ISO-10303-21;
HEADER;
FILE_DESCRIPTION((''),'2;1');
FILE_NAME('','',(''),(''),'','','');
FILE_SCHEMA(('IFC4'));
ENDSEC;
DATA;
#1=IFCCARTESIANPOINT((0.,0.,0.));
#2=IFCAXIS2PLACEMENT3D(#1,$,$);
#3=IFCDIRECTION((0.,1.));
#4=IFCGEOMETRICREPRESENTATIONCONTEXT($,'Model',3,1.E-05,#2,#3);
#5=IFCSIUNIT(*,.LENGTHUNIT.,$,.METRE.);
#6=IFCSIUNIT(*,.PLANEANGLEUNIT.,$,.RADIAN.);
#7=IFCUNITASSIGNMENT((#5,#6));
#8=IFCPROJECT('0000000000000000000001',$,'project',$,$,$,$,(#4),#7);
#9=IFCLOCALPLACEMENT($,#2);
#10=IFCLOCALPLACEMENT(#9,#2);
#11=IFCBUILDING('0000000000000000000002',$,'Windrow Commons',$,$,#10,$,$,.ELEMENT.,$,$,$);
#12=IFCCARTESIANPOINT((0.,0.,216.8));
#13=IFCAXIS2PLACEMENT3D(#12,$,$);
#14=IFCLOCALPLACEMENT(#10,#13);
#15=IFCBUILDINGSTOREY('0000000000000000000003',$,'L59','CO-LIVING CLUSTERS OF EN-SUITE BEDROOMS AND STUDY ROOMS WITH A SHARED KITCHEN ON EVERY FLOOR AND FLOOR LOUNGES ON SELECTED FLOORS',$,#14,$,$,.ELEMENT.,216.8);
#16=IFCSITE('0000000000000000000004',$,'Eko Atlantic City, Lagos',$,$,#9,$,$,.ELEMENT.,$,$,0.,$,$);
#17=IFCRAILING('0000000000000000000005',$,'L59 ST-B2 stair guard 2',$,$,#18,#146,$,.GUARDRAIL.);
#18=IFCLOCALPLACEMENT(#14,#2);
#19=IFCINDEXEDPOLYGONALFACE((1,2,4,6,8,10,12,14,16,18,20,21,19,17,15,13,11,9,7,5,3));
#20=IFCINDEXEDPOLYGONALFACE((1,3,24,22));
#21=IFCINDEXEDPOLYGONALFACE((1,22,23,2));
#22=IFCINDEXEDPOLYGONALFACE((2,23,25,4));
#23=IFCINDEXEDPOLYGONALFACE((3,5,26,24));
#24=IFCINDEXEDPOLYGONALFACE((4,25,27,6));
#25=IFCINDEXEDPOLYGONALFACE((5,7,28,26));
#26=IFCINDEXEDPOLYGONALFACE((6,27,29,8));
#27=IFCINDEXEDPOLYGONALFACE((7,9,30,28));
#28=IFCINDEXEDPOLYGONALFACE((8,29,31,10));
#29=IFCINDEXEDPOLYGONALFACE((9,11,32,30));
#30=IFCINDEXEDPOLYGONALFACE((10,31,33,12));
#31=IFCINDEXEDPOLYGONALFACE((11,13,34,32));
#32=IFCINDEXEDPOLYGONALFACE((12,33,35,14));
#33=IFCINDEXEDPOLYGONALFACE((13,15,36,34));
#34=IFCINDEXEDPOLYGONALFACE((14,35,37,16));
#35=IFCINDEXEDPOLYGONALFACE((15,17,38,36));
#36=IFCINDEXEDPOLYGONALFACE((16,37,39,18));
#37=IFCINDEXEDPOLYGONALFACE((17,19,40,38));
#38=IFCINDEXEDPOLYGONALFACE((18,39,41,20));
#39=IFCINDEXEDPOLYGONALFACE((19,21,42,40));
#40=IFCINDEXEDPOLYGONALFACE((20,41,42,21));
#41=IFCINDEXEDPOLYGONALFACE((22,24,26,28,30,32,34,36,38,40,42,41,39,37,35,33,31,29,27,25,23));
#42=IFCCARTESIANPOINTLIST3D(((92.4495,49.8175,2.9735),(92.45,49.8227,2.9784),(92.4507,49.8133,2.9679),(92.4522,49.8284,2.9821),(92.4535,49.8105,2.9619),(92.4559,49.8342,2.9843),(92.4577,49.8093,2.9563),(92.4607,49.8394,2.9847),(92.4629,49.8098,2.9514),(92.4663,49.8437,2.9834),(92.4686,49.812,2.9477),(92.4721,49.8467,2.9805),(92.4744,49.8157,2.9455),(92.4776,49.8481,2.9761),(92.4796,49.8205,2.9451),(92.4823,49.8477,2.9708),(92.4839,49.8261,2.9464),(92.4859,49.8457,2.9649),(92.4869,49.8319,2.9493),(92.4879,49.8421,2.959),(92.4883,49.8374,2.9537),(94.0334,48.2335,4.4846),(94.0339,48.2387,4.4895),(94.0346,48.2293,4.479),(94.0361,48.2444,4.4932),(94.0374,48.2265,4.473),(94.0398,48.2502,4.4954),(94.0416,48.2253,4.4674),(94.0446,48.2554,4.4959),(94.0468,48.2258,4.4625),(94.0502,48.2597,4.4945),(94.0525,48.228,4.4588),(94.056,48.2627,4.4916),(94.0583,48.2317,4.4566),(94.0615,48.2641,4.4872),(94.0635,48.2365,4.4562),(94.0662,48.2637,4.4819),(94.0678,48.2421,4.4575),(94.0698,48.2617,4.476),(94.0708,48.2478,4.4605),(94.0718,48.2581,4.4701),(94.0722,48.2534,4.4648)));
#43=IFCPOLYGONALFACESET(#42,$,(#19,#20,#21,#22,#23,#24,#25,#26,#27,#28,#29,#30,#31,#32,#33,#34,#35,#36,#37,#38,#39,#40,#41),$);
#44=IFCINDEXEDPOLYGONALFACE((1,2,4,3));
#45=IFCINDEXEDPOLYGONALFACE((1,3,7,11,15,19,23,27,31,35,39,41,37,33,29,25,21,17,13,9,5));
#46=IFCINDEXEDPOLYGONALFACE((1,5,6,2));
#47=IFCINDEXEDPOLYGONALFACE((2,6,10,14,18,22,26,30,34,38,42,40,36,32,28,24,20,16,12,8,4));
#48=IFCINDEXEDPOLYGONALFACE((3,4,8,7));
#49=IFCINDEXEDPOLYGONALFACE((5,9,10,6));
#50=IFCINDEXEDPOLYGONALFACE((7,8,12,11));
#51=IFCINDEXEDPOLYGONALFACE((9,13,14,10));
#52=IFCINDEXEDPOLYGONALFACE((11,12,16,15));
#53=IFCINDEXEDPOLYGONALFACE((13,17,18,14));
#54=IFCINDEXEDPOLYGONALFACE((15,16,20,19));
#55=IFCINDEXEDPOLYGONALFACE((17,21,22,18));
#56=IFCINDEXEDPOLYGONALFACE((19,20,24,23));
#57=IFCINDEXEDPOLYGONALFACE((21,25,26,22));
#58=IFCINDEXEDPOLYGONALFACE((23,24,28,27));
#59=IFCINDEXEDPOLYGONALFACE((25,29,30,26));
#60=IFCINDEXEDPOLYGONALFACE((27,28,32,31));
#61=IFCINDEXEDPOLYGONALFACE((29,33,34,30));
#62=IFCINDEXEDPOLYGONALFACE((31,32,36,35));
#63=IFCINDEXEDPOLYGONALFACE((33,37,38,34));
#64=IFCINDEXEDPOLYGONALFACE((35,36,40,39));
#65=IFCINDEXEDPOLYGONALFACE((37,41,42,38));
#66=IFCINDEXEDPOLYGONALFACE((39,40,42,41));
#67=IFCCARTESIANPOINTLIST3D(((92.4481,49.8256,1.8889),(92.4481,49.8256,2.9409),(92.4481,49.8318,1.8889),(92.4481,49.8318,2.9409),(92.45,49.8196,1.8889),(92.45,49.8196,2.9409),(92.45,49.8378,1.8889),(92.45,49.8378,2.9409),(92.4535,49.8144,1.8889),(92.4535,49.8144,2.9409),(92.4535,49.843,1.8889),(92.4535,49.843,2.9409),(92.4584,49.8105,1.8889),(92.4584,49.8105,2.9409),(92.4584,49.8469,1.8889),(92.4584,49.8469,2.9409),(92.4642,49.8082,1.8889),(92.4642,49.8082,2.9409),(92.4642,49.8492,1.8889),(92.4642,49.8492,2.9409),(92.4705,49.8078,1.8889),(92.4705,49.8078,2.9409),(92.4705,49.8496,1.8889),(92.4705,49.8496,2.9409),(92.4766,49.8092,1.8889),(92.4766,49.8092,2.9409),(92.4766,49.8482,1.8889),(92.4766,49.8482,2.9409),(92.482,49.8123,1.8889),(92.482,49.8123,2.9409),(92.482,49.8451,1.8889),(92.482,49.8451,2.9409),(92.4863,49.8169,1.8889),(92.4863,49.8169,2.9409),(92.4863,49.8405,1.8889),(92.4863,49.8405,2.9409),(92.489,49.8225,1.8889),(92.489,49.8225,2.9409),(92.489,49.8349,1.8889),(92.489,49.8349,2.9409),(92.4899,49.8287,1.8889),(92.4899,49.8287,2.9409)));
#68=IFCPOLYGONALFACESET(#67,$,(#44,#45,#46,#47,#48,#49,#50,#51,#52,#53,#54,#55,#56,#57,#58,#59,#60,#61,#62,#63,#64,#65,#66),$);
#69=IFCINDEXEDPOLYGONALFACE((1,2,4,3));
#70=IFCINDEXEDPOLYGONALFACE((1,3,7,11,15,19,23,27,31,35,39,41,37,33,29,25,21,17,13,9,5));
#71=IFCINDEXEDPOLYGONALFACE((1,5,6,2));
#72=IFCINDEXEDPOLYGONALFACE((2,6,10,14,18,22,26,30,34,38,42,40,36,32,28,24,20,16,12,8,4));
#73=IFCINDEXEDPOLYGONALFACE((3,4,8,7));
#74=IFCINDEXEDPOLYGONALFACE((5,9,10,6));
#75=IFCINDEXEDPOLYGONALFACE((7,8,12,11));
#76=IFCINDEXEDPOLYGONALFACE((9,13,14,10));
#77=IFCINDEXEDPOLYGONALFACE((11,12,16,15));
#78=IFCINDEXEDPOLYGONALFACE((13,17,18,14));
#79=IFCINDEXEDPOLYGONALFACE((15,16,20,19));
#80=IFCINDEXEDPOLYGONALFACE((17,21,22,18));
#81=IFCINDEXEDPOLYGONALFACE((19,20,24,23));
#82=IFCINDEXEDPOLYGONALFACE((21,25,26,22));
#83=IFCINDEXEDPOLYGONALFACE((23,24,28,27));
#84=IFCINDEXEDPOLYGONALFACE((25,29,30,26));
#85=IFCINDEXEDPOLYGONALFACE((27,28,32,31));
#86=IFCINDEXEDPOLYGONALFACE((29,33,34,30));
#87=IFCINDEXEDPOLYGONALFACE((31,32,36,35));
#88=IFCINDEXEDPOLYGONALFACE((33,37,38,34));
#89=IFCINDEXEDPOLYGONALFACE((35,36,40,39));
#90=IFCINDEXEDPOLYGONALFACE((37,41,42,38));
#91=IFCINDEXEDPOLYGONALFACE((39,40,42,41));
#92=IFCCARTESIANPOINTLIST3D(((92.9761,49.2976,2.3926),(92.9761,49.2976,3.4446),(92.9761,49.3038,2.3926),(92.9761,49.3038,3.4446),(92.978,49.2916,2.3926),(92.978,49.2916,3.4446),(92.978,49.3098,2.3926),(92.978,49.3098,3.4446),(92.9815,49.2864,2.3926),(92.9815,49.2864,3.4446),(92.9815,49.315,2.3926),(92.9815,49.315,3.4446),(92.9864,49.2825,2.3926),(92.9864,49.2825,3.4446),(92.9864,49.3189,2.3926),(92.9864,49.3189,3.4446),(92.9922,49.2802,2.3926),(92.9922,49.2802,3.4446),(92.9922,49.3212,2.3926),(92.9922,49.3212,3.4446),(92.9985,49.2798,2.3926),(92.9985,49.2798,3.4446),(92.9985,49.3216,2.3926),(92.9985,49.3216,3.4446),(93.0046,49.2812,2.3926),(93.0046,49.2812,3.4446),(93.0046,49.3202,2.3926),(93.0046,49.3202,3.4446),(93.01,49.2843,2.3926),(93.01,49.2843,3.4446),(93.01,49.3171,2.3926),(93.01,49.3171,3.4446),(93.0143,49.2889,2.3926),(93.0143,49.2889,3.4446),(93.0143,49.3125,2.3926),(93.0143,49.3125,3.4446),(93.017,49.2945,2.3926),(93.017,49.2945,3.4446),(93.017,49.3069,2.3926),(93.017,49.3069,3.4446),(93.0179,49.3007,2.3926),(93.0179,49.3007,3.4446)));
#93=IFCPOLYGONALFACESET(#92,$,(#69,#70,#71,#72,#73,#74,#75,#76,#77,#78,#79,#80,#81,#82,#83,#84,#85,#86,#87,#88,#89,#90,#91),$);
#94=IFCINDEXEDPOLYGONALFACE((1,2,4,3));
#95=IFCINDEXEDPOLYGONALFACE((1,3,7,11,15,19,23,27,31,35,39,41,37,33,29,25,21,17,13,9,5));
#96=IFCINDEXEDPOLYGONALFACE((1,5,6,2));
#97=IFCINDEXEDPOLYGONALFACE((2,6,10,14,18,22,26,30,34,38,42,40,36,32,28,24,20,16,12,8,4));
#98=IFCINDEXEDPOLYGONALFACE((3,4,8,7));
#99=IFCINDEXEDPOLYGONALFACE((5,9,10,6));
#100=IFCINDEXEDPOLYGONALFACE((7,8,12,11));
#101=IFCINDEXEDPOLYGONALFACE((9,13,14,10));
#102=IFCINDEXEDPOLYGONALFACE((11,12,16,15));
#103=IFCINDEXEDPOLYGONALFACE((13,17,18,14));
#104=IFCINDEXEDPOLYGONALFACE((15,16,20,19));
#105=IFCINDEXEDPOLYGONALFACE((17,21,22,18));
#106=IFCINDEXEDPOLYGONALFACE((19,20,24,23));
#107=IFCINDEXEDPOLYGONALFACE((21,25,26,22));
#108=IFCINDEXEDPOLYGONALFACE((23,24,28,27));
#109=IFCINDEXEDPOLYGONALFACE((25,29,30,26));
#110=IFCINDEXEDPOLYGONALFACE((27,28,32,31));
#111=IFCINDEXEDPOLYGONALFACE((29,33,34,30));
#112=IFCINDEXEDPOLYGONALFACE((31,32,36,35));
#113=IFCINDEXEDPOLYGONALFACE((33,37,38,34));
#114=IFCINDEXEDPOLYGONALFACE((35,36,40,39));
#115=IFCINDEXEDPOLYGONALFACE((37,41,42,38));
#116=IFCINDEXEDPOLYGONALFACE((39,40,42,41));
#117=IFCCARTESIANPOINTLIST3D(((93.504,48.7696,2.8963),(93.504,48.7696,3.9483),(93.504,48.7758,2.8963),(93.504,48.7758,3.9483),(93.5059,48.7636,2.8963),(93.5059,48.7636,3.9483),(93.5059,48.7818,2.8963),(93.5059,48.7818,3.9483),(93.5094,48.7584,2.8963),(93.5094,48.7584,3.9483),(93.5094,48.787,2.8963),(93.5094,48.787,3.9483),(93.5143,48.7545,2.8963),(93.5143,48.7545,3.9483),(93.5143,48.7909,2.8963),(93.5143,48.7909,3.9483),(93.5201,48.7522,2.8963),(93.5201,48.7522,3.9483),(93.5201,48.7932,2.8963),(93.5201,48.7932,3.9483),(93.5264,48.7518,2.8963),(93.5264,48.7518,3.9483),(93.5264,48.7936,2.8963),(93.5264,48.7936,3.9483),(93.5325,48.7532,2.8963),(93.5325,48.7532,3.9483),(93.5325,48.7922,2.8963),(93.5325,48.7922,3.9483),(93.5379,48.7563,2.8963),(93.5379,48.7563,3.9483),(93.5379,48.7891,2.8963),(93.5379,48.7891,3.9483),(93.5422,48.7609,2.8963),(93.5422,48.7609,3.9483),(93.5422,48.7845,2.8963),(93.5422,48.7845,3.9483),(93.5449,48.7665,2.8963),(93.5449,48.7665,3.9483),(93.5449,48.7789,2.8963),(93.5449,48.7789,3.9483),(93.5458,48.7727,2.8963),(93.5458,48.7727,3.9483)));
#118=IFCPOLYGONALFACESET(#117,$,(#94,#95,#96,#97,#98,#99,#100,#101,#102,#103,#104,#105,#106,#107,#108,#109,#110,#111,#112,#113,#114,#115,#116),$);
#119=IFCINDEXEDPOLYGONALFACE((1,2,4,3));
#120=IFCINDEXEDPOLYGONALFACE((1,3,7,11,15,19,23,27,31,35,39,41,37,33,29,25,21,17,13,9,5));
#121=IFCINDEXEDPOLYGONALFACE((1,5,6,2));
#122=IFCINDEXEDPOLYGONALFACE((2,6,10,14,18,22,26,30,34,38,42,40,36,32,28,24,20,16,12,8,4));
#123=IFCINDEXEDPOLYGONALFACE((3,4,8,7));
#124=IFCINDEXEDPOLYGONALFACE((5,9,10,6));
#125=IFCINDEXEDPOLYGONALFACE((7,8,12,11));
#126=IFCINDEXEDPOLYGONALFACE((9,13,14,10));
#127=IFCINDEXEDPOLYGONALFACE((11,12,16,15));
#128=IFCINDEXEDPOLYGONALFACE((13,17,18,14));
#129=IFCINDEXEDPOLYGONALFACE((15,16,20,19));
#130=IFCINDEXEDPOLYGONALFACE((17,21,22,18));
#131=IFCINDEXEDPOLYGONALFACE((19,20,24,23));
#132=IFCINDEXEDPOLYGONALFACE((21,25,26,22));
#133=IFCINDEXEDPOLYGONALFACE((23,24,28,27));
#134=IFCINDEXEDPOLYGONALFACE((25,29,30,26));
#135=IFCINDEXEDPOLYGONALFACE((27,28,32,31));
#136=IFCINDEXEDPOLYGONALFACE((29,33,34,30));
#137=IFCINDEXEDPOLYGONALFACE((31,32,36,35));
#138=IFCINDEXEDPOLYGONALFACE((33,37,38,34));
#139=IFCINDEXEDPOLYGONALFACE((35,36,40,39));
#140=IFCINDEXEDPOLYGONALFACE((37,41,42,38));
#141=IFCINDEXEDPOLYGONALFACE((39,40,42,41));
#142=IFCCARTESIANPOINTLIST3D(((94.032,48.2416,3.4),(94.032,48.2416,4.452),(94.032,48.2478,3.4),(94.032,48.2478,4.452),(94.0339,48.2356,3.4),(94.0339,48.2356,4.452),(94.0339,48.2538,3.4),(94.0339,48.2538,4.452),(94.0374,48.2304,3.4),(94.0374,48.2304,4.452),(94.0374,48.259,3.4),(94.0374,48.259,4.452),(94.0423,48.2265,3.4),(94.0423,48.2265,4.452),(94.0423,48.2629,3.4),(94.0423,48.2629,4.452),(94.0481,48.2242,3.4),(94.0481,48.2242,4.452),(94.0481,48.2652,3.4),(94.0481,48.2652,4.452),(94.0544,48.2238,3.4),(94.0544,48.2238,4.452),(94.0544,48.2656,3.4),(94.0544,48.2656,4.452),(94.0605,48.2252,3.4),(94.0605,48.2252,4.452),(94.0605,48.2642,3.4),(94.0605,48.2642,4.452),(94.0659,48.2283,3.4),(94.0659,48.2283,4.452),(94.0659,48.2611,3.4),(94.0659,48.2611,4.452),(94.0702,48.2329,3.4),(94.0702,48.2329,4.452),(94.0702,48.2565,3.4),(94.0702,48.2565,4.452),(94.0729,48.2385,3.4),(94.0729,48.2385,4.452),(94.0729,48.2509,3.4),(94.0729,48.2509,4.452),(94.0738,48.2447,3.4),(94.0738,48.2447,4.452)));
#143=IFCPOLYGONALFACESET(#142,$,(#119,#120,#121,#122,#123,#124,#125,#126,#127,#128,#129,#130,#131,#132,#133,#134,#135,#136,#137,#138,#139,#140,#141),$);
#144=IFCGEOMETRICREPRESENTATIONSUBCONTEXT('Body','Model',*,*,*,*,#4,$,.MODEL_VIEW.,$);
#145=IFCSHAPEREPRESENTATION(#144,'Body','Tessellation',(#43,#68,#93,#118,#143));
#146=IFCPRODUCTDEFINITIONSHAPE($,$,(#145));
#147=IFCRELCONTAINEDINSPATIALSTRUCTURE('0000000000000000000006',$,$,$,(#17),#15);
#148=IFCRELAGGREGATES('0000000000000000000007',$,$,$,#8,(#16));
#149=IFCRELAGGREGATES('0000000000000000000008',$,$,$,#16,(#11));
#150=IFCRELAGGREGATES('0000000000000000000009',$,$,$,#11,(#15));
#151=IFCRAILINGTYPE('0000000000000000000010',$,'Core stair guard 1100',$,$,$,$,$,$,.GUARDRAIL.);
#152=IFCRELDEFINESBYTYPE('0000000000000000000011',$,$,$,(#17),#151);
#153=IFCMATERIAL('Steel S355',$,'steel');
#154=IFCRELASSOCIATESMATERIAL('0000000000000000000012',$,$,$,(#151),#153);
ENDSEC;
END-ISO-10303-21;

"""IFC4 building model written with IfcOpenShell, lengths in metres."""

from ifc_helpers import new_model, si_unit, direction, frame, origin, origin_2d, place, context, subcontext, project, spatial, circle, extrude, material, type_object, element, save


model = new_model("IFC4")

# Units and contexts
model_context = context("Model", 3, precision=1e-05, world=origin(), true_north=direction((0.0, 1.0)))
body_context = subcontext(model_context, "Body", "Model", "MODEL_VIEW")
ifc_project = project(units=[si_unit("LENGTHUNIT", "METRE"), si_unit("PLANEANGLEUNIT", "RADIAN")], contexts=[model_context])

# Site, building, storey
site_placement = place(None, origin())
site = spatial("IfcSite", under=ifc_project, at=site_placement, Name="Eko Atlantic City, Lagos", CompositionType="ELEMENT", RefElevation=0.0)
building_placement = place(site_placement, origin())
building = spatial("IfcBuilding", under=site, at=building_placement, Name="Windrow Commons", CompositionType="ELEMENT")
storey_placement = place(building_placement, frame((0.0, 0.0, 216.8)))
storey = spatial("IfcBuildingStorey", under=building, at=storey_placement, Name="L59", Description="CO-LIVING CLUSTERS OF EN-SUITE BEDROOMS AND STUDY ROOMS WITH A SHARED KITCHEN ON EVERY FLOOR AND FLOOR LOUNGES ON SELECTED FLOORS", CompositionType="ELEMENT", Elevation=216.8)

# Railing
ifc_material_1 = material(Name="Steel S355", Category="steel")
railing_type_1 = type_object("IfcRailingType", Name="Core stair guard 1100", PredefinedType="GUARDRAIL", material=ifc_material_1)
railing_1_placement = place(storey_placement, frame((92.4689, 49.8287, 1.8889)))
element("IfcRailing", 1, at=railing_1_placement, inside=storey, type_object=railing_type_1, Name="L59 ST-B2 stair guard 2", PredefinedType="GUARDRAIL", context=body_context, shape_type="SweptSolid", body=[
    extrude(circle(Radius=0.024, at=origin_2d()), frame((0.0, 0.0, 1.076), z_axis=(0.586179, -0.586216, 0.559237), x_axis=(0.707129, 0.707084, 0.0)), (0.0, 0.0, 1.0), 2.7021),
    extrude(circle(Radius=0.021, at=origin_2d()), origin(), (0.0, 0.0, 1.0), 1.052),
    extrude(circle(Radius=0.021, at=origin_2d()), frame((0.528, -0.528, 0.5037)), (0.0, 0.0, 1.0), 1.052),
    extrude(circle(Radius=0.021, at=origin_2d()), frame((1.0559, -1.056, 1.0074)), (0.0, 0.0, 1.0), 1.052),
    extrude(circle(Radius=0.021, at=origin_2d()), frame((1.5839, -1.584, 1.5111)), (0.0, 0.0, 1.0), 1.052),
])

save(model, "model.ifc")
